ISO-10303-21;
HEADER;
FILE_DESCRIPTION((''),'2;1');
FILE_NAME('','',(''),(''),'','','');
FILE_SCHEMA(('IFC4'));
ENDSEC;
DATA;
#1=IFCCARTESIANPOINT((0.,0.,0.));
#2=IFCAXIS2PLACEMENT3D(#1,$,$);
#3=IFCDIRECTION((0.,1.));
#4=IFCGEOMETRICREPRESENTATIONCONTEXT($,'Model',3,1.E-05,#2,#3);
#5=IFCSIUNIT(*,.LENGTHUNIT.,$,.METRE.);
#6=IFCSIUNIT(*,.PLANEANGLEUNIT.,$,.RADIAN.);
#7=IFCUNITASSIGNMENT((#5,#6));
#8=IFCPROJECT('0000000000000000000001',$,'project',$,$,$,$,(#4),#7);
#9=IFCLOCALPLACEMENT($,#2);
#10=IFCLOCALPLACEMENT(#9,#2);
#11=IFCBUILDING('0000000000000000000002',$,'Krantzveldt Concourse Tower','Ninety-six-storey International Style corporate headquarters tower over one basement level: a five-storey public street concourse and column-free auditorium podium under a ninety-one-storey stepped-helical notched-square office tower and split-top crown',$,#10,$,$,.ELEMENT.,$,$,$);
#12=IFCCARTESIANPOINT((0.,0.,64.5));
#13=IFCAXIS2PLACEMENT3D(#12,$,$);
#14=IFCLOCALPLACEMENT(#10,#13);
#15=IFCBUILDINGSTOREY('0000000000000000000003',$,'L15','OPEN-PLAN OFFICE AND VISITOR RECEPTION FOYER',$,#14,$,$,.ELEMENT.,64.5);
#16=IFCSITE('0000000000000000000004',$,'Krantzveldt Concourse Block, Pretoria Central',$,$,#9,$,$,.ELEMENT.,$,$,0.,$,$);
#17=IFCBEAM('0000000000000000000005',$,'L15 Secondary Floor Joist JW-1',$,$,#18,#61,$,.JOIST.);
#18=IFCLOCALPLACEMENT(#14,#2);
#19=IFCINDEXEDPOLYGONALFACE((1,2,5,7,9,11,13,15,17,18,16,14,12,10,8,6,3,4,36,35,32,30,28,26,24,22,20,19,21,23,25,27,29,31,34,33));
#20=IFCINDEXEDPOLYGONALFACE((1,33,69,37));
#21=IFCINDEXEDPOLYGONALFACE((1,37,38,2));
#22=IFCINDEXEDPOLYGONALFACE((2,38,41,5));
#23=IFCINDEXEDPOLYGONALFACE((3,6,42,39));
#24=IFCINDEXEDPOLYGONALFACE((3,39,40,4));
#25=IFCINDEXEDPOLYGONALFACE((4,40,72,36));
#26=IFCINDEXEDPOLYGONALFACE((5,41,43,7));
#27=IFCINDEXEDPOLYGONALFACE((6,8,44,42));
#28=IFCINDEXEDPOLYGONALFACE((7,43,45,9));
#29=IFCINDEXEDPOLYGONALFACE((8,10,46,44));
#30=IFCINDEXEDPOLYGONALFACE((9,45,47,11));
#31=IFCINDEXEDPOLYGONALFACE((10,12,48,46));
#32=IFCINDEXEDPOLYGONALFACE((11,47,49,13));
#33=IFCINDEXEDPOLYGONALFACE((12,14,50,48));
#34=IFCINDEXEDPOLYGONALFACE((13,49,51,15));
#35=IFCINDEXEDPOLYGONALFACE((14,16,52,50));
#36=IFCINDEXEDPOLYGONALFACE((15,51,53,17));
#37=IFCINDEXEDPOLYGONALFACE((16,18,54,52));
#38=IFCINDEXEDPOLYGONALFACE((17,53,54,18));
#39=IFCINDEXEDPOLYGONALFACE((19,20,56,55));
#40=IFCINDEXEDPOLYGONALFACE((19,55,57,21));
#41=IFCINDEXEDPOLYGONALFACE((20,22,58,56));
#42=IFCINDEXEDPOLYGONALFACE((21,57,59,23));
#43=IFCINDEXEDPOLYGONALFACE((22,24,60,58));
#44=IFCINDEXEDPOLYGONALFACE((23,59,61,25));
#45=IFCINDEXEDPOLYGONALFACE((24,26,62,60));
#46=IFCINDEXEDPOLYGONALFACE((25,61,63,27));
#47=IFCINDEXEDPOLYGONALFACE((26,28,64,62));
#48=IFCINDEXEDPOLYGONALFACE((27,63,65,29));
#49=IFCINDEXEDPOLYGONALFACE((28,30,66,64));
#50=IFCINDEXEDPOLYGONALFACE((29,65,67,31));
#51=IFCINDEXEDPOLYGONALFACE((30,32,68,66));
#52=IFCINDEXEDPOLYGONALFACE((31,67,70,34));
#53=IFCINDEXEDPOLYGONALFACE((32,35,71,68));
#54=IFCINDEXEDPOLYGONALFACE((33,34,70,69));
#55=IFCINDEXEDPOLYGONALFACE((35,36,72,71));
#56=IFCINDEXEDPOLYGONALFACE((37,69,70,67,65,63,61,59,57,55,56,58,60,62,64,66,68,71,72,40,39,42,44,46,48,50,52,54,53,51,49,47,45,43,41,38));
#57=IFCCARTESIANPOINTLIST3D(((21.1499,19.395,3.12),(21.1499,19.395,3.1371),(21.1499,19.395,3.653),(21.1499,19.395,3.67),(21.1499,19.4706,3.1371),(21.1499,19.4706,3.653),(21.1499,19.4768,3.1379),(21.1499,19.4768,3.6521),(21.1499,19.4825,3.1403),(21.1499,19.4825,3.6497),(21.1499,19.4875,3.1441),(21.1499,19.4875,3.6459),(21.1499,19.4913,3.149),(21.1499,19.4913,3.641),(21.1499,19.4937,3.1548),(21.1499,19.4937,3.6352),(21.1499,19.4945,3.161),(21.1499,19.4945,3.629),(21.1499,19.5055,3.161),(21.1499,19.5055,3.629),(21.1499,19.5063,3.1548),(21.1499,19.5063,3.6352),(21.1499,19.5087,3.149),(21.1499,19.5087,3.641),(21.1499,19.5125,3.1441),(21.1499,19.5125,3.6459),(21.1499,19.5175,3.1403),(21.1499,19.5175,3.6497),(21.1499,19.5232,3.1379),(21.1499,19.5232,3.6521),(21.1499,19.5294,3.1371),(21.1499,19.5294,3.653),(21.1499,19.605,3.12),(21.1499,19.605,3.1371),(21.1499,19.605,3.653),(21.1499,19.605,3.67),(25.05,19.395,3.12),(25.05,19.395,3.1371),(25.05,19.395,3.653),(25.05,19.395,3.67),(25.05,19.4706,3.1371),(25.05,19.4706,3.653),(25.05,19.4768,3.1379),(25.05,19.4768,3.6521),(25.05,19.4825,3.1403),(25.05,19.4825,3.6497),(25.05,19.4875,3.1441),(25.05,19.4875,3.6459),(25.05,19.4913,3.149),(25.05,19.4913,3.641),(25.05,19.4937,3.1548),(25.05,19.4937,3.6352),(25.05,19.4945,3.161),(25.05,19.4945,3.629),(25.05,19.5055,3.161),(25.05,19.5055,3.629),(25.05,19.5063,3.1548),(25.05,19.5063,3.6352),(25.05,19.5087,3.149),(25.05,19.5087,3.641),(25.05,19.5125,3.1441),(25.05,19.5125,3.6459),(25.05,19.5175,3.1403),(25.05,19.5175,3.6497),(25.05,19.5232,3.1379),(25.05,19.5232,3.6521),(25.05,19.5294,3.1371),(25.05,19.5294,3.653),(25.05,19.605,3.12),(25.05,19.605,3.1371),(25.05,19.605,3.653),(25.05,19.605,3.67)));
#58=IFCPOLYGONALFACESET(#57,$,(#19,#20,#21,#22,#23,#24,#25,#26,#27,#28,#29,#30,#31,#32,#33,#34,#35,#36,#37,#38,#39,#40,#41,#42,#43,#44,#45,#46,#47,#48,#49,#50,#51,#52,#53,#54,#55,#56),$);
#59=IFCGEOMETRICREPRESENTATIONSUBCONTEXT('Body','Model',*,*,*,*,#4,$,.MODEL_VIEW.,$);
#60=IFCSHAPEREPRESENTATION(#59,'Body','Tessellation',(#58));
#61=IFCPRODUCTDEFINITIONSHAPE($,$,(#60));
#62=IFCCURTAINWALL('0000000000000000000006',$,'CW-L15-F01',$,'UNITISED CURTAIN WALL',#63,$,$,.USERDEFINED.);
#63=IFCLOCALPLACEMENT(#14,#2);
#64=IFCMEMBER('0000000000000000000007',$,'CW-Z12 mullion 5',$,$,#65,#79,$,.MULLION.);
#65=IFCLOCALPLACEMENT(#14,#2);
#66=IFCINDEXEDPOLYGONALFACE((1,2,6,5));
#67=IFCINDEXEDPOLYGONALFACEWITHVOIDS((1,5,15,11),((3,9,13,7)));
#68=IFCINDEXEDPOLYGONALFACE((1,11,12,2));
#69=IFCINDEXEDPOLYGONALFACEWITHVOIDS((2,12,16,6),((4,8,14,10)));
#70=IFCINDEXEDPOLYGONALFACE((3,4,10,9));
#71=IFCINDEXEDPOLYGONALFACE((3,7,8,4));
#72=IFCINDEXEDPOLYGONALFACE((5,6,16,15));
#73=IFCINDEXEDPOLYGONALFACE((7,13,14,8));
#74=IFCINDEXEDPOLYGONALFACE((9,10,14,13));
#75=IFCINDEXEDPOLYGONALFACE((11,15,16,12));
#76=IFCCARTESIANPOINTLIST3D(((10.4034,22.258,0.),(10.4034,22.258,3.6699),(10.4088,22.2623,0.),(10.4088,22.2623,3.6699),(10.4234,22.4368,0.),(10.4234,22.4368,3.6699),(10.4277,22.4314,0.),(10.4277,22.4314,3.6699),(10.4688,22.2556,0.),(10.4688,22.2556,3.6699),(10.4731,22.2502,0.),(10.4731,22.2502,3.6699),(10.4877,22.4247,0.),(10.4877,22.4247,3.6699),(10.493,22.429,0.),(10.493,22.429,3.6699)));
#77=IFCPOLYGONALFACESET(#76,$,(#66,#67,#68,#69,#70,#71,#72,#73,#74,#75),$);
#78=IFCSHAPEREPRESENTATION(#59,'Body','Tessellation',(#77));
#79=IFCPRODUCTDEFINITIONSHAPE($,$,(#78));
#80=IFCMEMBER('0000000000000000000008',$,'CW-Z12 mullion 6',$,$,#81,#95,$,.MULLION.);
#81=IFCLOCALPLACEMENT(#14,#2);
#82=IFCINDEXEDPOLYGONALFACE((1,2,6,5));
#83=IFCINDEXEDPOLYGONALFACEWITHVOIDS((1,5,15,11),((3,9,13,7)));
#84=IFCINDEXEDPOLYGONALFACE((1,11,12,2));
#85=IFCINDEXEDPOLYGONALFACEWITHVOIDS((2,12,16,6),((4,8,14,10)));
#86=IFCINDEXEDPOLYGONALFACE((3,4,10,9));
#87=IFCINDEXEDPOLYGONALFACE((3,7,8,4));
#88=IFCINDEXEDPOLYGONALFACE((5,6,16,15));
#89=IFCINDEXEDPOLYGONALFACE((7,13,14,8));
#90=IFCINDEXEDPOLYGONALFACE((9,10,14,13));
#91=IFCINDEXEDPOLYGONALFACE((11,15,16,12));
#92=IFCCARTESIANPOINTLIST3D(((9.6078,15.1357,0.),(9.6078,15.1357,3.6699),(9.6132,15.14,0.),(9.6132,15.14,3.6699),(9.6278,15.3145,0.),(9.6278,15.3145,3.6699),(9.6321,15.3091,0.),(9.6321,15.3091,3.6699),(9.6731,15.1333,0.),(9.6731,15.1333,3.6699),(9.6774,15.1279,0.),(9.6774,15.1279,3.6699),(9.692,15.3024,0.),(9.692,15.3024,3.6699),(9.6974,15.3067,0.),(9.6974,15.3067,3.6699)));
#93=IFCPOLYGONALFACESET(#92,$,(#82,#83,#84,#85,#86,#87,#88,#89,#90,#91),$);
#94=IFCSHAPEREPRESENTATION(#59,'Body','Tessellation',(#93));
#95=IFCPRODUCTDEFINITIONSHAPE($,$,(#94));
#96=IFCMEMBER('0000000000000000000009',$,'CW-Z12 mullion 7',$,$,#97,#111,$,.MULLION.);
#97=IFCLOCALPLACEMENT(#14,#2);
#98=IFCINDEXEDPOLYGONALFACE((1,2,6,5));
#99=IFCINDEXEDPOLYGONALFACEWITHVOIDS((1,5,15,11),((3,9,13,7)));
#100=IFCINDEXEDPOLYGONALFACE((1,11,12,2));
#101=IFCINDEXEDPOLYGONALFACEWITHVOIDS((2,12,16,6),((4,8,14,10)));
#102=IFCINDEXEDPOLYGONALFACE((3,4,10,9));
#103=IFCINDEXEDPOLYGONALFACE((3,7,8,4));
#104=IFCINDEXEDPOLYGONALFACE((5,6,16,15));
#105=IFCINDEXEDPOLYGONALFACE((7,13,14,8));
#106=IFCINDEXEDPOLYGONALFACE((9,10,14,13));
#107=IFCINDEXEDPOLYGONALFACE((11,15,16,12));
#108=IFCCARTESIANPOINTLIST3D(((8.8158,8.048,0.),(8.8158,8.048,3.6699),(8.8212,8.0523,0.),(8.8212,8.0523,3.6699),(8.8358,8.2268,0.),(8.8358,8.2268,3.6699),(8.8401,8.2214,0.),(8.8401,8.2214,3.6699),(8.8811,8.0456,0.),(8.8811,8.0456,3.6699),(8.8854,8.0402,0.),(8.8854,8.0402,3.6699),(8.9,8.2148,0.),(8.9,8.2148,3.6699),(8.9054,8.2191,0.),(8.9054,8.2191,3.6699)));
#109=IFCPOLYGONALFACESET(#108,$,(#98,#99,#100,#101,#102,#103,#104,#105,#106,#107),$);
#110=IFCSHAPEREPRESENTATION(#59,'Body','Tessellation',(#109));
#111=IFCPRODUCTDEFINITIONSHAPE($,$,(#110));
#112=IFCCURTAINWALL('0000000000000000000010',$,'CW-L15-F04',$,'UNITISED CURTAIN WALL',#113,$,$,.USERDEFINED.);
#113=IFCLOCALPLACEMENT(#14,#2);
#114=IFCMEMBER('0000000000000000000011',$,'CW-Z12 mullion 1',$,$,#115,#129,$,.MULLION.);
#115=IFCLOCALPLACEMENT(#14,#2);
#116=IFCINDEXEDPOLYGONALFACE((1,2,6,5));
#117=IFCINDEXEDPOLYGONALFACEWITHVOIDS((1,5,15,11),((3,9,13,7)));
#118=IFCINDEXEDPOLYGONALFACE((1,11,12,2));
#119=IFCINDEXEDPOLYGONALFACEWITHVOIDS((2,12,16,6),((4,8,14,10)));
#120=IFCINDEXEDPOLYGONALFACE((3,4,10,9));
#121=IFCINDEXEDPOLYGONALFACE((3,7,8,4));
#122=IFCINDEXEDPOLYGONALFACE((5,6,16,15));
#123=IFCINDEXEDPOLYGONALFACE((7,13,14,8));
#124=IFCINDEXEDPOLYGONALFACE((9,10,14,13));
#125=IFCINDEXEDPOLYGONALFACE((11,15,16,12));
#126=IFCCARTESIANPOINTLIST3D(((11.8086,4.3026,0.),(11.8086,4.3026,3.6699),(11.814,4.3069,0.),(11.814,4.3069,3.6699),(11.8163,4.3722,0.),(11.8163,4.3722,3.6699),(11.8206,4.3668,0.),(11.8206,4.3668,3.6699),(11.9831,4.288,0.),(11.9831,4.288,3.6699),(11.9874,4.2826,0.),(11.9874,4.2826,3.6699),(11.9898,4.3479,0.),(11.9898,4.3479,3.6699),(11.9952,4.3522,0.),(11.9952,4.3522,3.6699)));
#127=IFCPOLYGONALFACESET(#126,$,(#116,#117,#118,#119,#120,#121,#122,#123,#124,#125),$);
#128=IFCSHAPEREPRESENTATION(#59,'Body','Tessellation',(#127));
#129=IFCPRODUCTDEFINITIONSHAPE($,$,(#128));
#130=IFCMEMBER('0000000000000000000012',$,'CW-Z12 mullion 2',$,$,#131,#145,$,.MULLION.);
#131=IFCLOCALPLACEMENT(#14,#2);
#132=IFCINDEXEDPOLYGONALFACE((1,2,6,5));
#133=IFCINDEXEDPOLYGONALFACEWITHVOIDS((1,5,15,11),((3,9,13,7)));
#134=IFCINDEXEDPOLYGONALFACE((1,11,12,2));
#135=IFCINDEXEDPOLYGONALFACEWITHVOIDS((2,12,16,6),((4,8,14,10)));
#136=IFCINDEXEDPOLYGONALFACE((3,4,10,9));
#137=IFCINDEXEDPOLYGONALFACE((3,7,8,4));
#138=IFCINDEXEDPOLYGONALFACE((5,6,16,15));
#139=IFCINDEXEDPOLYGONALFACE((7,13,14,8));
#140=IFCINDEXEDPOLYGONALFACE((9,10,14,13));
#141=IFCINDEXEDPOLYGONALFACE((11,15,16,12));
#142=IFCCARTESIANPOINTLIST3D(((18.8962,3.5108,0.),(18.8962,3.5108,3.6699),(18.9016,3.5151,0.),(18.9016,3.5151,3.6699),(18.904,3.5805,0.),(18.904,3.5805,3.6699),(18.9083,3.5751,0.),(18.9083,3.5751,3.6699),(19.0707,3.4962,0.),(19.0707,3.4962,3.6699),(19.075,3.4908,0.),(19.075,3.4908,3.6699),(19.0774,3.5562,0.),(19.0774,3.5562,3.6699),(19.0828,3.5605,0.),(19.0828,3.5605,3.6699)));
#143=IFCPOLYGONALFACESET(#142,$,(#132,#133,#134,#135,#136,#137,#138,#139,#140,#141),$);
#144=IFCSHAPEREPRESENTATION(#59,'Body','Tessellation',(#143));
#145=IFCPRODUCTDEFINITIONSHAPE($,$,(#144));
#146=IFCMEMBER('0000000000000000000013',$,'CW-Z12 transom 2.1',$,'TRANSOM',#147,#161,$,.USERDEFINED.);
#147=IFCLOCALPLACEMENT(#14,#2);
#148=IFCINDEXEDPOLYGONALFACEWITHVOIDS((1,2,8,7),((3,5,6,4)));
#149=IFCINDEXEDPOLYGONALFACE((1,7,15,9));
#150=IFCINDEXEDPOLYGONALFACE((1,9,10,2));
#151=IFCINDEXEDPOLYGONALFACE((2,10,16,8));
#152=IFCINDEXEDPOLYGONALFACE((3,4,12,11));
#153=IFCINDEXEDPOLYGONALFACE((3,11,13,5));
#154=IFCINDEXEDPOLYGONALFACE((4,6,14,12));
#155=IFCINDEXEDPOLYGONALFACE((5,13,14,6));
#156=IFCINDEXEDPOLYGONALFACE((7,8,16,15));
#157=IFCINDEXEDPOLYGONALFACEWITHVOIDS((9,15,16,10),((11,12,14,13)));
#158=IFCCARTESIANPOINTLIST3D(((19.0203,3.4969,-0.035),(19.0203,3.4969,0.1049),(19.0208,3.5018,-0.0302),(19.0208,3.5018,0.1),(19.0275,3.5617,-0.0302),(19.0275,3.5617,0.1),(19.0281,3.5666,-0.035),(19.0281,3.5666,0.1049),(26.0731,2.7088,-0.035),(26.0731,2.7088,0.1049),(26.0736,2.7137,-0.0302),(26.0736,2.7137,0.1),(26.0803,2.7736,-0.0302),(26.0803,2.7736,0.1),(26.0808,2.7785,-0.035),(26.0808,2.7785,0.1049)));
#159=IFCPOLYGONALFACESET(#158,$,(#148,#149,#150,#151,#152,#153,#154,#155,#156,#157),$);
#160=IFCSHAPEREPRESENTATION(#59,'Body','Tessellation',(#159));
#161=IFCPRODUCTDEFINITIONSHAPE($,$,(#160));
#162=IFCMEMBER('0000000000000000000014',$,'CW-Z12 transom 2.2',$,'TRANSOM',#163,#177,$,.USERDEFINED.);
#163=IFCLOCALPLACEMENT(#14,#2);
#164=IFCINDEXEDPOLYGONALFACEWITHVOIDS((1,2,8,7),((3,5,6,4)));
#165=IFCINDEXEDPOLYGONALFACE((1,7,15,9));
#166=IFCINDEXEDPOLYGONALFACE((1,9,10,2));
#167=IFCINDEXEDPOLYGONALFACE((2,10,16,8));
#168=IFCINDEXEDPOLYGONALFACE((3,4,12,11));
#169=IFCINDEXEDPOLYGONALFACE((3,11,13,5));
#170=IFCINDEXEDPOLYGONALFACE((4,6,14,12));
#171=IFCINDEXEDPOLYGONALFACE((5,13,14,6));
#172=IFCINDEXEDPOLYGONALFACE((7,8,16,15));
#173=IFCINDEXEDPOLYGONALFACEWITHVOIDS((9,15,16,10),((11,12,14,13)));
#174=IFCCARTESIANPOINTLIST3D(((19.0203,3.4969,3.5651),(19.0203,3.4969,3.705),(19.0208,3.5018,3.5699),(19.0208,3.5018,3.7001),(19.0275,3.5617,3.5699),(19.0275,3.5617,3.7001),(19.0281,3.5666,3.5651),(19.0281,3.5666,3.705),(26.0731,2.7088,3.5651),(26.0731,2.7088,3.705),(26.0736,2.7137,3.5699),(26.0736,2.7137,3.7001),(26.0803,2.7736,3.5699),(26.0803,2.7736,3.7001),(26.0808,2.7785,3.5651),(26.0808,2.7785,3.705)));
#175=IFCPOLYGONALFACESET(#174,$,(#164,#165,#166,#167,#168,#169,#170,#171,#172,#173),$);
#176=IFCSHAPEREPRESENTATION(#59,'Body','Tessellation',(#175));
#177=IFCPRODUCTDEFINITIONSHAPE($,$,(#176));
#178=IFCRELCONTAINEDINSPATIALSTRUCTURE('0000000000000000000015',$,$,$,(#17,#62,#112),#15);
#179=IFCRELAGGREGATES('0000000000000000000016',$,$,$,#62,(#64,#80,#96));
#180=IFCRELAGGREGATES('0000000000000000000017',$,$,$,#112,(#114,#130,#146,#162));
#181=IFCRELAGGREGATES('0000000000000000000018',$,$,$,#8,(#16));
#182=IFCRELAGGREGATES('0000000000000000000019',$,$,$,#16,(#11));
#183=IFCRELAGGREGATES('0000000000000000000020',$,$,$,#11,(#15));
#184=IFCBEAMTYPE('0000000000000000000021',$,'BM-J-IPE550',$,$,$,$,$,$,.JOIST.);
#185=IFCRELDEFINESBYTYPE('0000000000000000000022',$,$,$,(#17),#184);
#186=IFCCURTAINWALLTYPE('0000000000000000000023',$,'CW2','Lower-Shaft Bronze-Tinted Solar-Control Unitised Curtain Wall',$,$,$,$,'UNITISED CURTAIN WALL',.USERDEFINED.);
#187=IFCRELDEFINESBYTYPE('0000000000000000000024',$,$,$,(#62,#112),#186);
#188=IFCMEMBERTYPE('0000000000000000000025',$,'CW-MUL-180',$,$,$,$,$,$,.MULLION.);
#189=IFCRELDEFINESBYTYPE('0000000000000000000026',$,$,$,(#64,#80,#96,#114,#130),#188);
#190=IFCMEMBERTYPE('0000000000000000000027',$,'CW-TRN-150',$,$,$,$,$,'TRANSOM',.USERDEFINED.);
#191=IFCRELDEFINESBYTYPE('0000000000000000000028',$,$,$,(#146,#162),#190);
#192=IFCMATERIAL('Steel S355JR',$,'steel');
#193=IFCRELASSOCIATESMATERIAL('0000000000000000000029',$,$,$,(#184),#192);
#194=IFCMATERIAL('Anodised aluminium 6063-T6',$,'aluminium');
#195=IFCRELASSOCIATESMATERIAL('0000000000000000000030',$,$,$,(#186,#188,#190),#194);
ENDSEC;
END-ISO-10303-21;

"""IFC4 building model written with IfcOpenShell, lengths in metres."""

from ifc_helpers import new_model, si_unit, direction, frame, origin, origin_2d, place, context, subcontext, project, spatial, hollow_rectangle, i_section, extrude, source, transform, mapped, material, material_profile, profile_set, type_object, type_shapes, element, aggregate, save


model = new_model("IFC4")

# Units and contexts
model_context = context("Model", 3, precision=1e-05, world=origin(), true_north=direction((0.0, 1.0)))
body_context = subcontext(model_context, "Body", "Model", "MODEL_VIEW")
ifc_project = project(units=[si_unit("LENGTHUNIT", "METRE"), si_unit("PLANEANGLEUNIT", "RADIAN")], contexts=[model_context])

# Site, building, storey
site_placement = place(None, origin())
site = spatial("IfcSite", under=ifc_project, at=site_placement, Name="Krantzveldt Concourse Block, Pretoria Central", CompositionType="ELEMENT", RefElevation=0.0)
building_placement = place(site_placement, origin())
building = spatial("IfcBuilding", under=site, at=building_placement, Name="Krantzveldt Concourse Tower", Description="Ninety-six-storey International Style corporate headquarters tower over one basement level: a five-storey public street concourse and column-free auditorium podium under a ninety-one-storey stepped-helical notched-square office tower and split-top crown", CompositionType="ELEMENT")
storey_placement = place(building_placement, frame((0.0, 0.0, 64.5)))
storey = spatial("IfcBuildingStorey", under=building, at=storey_placement, Name="L15", Description="OPEN-PLAN OFFICE AND VISITOR RECEPTION FOYER", CompositionType="ELEMENT", Elevation=64.5)

# Beam
ifc_material_1 = material(Name="Steel S355JR", Category="steel")
ifc_material_profile_1 = material_profile(ifc_material_1, i_section(OverallWidth=0.21, OverallDepth=0.55, WebThickness=0.011, FlangeThickness=0.0171, FilletRadius=0.0239, at=origin_2d()), Name="Steel S355JR", Category="steel")
ifc_profile_set_1 = profile_set([ifc_material_profile_1], Name="Steel S355JR - IPE 550")
beam_type_1 = type_object("IfcBeamType", Name="BM-J-IPE550", PredefinedType="JOIST", material=ifc_profile_set_1)
shared_shape_1 = source(origin(), body_context, "Body", "SweptSolid", [
    extrude(i_section(OverallWidth=0.21, OverallDepth=0.55, WebThickness=0.011, FlangeThickness=0.0171, FilletRadius=0.0239, at=origin_2d()), origin(), (0.0, 0.0, 1.0), 3.9001),
])
type_shapes(beam_type_1, [shared_shape_1])
beam_1_placement = place(storey_placement, frame((21.1499, 19.5, 3.395), z_axis=(1.0, 0.0, 0.0), x_axis=(0.0, 1.0, 0.0)))
element("IfcBeam", 1, at=beam_1_placement, inside=storey, type_object=beam_type_1, Name="L15 Secondary Floor Joist JW-1", PredefinedType="JOIST", context=body_context, shape_type="MappedRepresentation", body=[
    mapped(shared_shape_1, transform((0.0, 0.0, 0.0), x_axis=(1.0, 0.0, 0.0), y_axis=(0.0, 1.0, 0.0), z_axis=(0.0, 0.0, 1.0), scale=1.0)),
])

# Curtain walls, members
ifc_material_2 = material(Name="Anodised aluminium 6063-T6", Category="aluminium")
curtain_wall_type = type_object("IfcCurtainWallType", Name="CW2", Description="Lower-Shaft Bronze-Tinted Solar-Control Unitised Curtain Wall", ElementType="UNITISED CURTAIN WALL", PredefinedType="USERDEFINED", material=ifc_material_2)
curtain_wall_1_placement = place(storey_placement, origin())
curtain_wall_1 = element("IfcCurtainWall", 2, at=curtain_wall_1_placement, inside=storey, type_object=curtain_wall_type, Name="CW-L15-F01", ObjectType="UNITISED CURTAIN WALL", PredefinedType="USERDEFINED")
ifc_material_profile_2 = material_profile(ifc_material_2, hollow_rectangle(XDim=0.0701, YDim=0.1799, WallThickness=0.0049, at=origin_2d()), Name="Anodised aluminium 6063-T6", Category="aluminium")
ifc_profile_set_2 = profile_set([ifc_material_profile_2], Name="Anodised aluminium 6063-T6 - ALU-MULL 180x70x5")
member_type_1 = type_object("IfcMemberType", Name="CW-MUL-180", PredefinedType="MULLION", material=ifc_profile_set_2)
shared_shape_2 = source(origin(), body_context, "Body", "SweptSolid", [
    extrude(hollow_rectangle(XDim=0.0701, YDim=0.1799, WallThickness=0.0049, at=origin_2d()), origin(), (0.0, 0.0, 1.0), 3.6699),
])
type_shapes(member_type_1, [shared_shape_2])
member_1_placement = place(storey_placement, frame((10.4482, 22.3435, 0.0), z_axis=(0.0, 0.0, 1.0), x_axis=(0.993816, -0.111035, 0.0)))
member_1 = element("IfcMember", 3, at=member_1_placement, type_object=member_type_1, Name="CW-Z12 mullion 5", PredefinedType="MULLION", context=body_context, shape_type="MappedRepresentation", body=[
    mapped(shared_shape_2, transform((0.0, 0.0, 0.0), x_axis=(1.0, 0.0, 0.0), y_axis=(0.0, 1.0, 0.0), z_axis=(0.0, 0.0, 1.0), scale=1.0)),
])
member_2_placement = place(storey_placement, frame((9.6526, 15.2212, 0.0), z_axis=(0.0, 0.0, 1.0), x_axis=(0.993816, -0.111035, 0.0)))
member_2 = element("IfcMember", 4, at=member_2_placement, type_object=member_type_1, Name="CW-Z12 mullion 6", PredefinedType="MULLION", context=body_context, shape_type="MappedRepresentation", body=[
    mapped(shared_shape_2, transform((0.0, 0.0, 0.0), x_axis=(1.0, 0.0, 0.0), y_axis=(0.0, 1.0, 0.0), z_axis=(0.0, 0.0, 1.0), scale=1.0)),
])
member_3_placement = place(storey_placement, frame((8.8606, 8.1335, 0.0), z_axis=(0.0, 0.0, 1.0), x_axis=(0.993816, -0.111035, 0.0)))
member_3 = element("IfcMember", 5, at=member_3_placement, type_object=member_type_1, Name="CW-Z12 mullion 7", PredefinedType="MULLION", context=body_context, shape_type="MappedRepresentation", body=[
    mapped(shared_shape_2, transform((0.0, 0.0, 0.0), x_axis=(1.0, 0.0, 0.0), y_axis=(0.0, 1.0, 0.0), z_axis=(0.0, 0.0, 1.0), scale=1.0)),
])
curtain_wall_2_placement = place(storey_placement, origin())
curtain_wall_2 = element("IfcCurtainWall", 6, at=curtain_wall_2_placement, inside=storey, type_object=curtain_wall_type, Name="CW-L15-F04", ObjectType="UNITISED CURTAIN WALL", PredefinedType="USERDEFINED")
member_4_placement = place(storey_placement, frame((11.9019, 4.3274, 0.0), z_axis=(0.0, 0.0, 1.0), x_axis=(0.111035, 0.993816, 0.0)))
member_4 = element("IfcMember", 7, at=member_4_placement, type_object=member_type_1, Name="CW-Z12 mullion 1", PredefinedType="MULLION", context=body_context, shape_type="MappedRepresentation", body=[
    mapped(shared_shape_2, transform((0.0, 0.0, 0.0), x_axis=(1.0, 0.0, 0.0), y_axis=(0.0, 1.0, 0.0), z_axis=(0.0, 0.0, 1.0), scale=1.0)),
])
member_5_placement = place(storey_placement, frame((18.9895, 3.5356, 0.0), z_axis=(0.0, 0.0, 1.0), x_axis=(0.111035, 0.993816, 0.0)))
member_5 = element("IfcMember", 8, at=member_5_placement, type_object=member_type_1, Name="CW-Z12 mullion 2", PredefinedType="MULLION", context=body_context, shape_type="MappedRepresentation", body=[
    mapped(shared_shape_2, transform((0.0, 0.0, 0.0), x_axis=(1.0, 0.0, 0.0), y_axis=(0.0, 1.0, 0.0), z_axis=(0.0, 0.0, 1.0), scale=1.0)),
])
ifc_material_profile_3 = material_profile(ifc_material_2, hollow_rectangle(XDim=0.0701, YDim=0.1399, WallThickness=0.0049, at=origin_2d()), Name="Anodised aluminium 6063-T6", Category="aluminium")
ifc_profile_set_3 = profile_set([ifc_material_profile_3], Name="Anodised aluminium 6063-T6 - ALU-TRAN 140x70x5")
member_type_2 = type_object("IfcMemberType", Name="CW-TRN-150", ElementType="TRANSOM", PredefinedType="USERDEFINED", material=ifc_profile_set_3)
shared_shape_3 = source(origin(), body_context, "Body", "SweptSolid", [
    extrude(hollow_rectangle(XDim=0.0701, YDim=0.1399, WallThickness=0.0049, at=origin_2d()), origin(), (0.0, 0.0, 1.0), 7.0967),
])
member_6_placement = place(storey_placement, frame((19.0242, 3.5317, 0.0349), z_axis=(0.993815, -0.111051, 0.0), x_axis=(0.111051, 0.993815, 0.0)))
member_6 = element("IfcMember", 9, at=member_6_placement, type_object=member_type_2, Name="CW-Z12 transom 2.1", ObjectType="TRANSOM", PredefinedType="USERDEFINED", context=body_context, shape_type="MappedRepresentation", body=[
    mapped(shared_shape_3, transform((0.0, 0.0, 0.0), x_axis=(1.0, 0.0, 0.0), y_axis=(0.0, 1.0, 0.0), z_axis=(0.0, 0.0, 1.0), scale=1.0)),
])
member_7_placement = place(storey_placement, frame((19.0242, 3.5317, 3.635), z_axis=(0.993815, -0.111051, 0.0), x_axis=(0.111051, 0.993815, 0.0)))
member_7 = element("IfcMember", 10, at=member_7_placement, type_object=member_type_2, Name="CW-Z12 transom 2.2", ObjectType="TRANSOM", PredefinedType="USERDEFINED", context=body_context, shape_type="MappedRepresentation", body=[
    mapped(shared_shape_3, transform((0.0, 0.0, 0.0), x_axis=(1.0, 0.0, 0.0), y_axis=(0.0, 1.0, 0.0), z_axis=(0.0, 0.0, 1.0), scale=1.0)),
])

aggregate(curtain_wall_1, [member_1, member_2, member_3])
aggregate(curtain_wall_2, [member_4, member_5, member_6, member_7])

save(model, "model.ifc")
